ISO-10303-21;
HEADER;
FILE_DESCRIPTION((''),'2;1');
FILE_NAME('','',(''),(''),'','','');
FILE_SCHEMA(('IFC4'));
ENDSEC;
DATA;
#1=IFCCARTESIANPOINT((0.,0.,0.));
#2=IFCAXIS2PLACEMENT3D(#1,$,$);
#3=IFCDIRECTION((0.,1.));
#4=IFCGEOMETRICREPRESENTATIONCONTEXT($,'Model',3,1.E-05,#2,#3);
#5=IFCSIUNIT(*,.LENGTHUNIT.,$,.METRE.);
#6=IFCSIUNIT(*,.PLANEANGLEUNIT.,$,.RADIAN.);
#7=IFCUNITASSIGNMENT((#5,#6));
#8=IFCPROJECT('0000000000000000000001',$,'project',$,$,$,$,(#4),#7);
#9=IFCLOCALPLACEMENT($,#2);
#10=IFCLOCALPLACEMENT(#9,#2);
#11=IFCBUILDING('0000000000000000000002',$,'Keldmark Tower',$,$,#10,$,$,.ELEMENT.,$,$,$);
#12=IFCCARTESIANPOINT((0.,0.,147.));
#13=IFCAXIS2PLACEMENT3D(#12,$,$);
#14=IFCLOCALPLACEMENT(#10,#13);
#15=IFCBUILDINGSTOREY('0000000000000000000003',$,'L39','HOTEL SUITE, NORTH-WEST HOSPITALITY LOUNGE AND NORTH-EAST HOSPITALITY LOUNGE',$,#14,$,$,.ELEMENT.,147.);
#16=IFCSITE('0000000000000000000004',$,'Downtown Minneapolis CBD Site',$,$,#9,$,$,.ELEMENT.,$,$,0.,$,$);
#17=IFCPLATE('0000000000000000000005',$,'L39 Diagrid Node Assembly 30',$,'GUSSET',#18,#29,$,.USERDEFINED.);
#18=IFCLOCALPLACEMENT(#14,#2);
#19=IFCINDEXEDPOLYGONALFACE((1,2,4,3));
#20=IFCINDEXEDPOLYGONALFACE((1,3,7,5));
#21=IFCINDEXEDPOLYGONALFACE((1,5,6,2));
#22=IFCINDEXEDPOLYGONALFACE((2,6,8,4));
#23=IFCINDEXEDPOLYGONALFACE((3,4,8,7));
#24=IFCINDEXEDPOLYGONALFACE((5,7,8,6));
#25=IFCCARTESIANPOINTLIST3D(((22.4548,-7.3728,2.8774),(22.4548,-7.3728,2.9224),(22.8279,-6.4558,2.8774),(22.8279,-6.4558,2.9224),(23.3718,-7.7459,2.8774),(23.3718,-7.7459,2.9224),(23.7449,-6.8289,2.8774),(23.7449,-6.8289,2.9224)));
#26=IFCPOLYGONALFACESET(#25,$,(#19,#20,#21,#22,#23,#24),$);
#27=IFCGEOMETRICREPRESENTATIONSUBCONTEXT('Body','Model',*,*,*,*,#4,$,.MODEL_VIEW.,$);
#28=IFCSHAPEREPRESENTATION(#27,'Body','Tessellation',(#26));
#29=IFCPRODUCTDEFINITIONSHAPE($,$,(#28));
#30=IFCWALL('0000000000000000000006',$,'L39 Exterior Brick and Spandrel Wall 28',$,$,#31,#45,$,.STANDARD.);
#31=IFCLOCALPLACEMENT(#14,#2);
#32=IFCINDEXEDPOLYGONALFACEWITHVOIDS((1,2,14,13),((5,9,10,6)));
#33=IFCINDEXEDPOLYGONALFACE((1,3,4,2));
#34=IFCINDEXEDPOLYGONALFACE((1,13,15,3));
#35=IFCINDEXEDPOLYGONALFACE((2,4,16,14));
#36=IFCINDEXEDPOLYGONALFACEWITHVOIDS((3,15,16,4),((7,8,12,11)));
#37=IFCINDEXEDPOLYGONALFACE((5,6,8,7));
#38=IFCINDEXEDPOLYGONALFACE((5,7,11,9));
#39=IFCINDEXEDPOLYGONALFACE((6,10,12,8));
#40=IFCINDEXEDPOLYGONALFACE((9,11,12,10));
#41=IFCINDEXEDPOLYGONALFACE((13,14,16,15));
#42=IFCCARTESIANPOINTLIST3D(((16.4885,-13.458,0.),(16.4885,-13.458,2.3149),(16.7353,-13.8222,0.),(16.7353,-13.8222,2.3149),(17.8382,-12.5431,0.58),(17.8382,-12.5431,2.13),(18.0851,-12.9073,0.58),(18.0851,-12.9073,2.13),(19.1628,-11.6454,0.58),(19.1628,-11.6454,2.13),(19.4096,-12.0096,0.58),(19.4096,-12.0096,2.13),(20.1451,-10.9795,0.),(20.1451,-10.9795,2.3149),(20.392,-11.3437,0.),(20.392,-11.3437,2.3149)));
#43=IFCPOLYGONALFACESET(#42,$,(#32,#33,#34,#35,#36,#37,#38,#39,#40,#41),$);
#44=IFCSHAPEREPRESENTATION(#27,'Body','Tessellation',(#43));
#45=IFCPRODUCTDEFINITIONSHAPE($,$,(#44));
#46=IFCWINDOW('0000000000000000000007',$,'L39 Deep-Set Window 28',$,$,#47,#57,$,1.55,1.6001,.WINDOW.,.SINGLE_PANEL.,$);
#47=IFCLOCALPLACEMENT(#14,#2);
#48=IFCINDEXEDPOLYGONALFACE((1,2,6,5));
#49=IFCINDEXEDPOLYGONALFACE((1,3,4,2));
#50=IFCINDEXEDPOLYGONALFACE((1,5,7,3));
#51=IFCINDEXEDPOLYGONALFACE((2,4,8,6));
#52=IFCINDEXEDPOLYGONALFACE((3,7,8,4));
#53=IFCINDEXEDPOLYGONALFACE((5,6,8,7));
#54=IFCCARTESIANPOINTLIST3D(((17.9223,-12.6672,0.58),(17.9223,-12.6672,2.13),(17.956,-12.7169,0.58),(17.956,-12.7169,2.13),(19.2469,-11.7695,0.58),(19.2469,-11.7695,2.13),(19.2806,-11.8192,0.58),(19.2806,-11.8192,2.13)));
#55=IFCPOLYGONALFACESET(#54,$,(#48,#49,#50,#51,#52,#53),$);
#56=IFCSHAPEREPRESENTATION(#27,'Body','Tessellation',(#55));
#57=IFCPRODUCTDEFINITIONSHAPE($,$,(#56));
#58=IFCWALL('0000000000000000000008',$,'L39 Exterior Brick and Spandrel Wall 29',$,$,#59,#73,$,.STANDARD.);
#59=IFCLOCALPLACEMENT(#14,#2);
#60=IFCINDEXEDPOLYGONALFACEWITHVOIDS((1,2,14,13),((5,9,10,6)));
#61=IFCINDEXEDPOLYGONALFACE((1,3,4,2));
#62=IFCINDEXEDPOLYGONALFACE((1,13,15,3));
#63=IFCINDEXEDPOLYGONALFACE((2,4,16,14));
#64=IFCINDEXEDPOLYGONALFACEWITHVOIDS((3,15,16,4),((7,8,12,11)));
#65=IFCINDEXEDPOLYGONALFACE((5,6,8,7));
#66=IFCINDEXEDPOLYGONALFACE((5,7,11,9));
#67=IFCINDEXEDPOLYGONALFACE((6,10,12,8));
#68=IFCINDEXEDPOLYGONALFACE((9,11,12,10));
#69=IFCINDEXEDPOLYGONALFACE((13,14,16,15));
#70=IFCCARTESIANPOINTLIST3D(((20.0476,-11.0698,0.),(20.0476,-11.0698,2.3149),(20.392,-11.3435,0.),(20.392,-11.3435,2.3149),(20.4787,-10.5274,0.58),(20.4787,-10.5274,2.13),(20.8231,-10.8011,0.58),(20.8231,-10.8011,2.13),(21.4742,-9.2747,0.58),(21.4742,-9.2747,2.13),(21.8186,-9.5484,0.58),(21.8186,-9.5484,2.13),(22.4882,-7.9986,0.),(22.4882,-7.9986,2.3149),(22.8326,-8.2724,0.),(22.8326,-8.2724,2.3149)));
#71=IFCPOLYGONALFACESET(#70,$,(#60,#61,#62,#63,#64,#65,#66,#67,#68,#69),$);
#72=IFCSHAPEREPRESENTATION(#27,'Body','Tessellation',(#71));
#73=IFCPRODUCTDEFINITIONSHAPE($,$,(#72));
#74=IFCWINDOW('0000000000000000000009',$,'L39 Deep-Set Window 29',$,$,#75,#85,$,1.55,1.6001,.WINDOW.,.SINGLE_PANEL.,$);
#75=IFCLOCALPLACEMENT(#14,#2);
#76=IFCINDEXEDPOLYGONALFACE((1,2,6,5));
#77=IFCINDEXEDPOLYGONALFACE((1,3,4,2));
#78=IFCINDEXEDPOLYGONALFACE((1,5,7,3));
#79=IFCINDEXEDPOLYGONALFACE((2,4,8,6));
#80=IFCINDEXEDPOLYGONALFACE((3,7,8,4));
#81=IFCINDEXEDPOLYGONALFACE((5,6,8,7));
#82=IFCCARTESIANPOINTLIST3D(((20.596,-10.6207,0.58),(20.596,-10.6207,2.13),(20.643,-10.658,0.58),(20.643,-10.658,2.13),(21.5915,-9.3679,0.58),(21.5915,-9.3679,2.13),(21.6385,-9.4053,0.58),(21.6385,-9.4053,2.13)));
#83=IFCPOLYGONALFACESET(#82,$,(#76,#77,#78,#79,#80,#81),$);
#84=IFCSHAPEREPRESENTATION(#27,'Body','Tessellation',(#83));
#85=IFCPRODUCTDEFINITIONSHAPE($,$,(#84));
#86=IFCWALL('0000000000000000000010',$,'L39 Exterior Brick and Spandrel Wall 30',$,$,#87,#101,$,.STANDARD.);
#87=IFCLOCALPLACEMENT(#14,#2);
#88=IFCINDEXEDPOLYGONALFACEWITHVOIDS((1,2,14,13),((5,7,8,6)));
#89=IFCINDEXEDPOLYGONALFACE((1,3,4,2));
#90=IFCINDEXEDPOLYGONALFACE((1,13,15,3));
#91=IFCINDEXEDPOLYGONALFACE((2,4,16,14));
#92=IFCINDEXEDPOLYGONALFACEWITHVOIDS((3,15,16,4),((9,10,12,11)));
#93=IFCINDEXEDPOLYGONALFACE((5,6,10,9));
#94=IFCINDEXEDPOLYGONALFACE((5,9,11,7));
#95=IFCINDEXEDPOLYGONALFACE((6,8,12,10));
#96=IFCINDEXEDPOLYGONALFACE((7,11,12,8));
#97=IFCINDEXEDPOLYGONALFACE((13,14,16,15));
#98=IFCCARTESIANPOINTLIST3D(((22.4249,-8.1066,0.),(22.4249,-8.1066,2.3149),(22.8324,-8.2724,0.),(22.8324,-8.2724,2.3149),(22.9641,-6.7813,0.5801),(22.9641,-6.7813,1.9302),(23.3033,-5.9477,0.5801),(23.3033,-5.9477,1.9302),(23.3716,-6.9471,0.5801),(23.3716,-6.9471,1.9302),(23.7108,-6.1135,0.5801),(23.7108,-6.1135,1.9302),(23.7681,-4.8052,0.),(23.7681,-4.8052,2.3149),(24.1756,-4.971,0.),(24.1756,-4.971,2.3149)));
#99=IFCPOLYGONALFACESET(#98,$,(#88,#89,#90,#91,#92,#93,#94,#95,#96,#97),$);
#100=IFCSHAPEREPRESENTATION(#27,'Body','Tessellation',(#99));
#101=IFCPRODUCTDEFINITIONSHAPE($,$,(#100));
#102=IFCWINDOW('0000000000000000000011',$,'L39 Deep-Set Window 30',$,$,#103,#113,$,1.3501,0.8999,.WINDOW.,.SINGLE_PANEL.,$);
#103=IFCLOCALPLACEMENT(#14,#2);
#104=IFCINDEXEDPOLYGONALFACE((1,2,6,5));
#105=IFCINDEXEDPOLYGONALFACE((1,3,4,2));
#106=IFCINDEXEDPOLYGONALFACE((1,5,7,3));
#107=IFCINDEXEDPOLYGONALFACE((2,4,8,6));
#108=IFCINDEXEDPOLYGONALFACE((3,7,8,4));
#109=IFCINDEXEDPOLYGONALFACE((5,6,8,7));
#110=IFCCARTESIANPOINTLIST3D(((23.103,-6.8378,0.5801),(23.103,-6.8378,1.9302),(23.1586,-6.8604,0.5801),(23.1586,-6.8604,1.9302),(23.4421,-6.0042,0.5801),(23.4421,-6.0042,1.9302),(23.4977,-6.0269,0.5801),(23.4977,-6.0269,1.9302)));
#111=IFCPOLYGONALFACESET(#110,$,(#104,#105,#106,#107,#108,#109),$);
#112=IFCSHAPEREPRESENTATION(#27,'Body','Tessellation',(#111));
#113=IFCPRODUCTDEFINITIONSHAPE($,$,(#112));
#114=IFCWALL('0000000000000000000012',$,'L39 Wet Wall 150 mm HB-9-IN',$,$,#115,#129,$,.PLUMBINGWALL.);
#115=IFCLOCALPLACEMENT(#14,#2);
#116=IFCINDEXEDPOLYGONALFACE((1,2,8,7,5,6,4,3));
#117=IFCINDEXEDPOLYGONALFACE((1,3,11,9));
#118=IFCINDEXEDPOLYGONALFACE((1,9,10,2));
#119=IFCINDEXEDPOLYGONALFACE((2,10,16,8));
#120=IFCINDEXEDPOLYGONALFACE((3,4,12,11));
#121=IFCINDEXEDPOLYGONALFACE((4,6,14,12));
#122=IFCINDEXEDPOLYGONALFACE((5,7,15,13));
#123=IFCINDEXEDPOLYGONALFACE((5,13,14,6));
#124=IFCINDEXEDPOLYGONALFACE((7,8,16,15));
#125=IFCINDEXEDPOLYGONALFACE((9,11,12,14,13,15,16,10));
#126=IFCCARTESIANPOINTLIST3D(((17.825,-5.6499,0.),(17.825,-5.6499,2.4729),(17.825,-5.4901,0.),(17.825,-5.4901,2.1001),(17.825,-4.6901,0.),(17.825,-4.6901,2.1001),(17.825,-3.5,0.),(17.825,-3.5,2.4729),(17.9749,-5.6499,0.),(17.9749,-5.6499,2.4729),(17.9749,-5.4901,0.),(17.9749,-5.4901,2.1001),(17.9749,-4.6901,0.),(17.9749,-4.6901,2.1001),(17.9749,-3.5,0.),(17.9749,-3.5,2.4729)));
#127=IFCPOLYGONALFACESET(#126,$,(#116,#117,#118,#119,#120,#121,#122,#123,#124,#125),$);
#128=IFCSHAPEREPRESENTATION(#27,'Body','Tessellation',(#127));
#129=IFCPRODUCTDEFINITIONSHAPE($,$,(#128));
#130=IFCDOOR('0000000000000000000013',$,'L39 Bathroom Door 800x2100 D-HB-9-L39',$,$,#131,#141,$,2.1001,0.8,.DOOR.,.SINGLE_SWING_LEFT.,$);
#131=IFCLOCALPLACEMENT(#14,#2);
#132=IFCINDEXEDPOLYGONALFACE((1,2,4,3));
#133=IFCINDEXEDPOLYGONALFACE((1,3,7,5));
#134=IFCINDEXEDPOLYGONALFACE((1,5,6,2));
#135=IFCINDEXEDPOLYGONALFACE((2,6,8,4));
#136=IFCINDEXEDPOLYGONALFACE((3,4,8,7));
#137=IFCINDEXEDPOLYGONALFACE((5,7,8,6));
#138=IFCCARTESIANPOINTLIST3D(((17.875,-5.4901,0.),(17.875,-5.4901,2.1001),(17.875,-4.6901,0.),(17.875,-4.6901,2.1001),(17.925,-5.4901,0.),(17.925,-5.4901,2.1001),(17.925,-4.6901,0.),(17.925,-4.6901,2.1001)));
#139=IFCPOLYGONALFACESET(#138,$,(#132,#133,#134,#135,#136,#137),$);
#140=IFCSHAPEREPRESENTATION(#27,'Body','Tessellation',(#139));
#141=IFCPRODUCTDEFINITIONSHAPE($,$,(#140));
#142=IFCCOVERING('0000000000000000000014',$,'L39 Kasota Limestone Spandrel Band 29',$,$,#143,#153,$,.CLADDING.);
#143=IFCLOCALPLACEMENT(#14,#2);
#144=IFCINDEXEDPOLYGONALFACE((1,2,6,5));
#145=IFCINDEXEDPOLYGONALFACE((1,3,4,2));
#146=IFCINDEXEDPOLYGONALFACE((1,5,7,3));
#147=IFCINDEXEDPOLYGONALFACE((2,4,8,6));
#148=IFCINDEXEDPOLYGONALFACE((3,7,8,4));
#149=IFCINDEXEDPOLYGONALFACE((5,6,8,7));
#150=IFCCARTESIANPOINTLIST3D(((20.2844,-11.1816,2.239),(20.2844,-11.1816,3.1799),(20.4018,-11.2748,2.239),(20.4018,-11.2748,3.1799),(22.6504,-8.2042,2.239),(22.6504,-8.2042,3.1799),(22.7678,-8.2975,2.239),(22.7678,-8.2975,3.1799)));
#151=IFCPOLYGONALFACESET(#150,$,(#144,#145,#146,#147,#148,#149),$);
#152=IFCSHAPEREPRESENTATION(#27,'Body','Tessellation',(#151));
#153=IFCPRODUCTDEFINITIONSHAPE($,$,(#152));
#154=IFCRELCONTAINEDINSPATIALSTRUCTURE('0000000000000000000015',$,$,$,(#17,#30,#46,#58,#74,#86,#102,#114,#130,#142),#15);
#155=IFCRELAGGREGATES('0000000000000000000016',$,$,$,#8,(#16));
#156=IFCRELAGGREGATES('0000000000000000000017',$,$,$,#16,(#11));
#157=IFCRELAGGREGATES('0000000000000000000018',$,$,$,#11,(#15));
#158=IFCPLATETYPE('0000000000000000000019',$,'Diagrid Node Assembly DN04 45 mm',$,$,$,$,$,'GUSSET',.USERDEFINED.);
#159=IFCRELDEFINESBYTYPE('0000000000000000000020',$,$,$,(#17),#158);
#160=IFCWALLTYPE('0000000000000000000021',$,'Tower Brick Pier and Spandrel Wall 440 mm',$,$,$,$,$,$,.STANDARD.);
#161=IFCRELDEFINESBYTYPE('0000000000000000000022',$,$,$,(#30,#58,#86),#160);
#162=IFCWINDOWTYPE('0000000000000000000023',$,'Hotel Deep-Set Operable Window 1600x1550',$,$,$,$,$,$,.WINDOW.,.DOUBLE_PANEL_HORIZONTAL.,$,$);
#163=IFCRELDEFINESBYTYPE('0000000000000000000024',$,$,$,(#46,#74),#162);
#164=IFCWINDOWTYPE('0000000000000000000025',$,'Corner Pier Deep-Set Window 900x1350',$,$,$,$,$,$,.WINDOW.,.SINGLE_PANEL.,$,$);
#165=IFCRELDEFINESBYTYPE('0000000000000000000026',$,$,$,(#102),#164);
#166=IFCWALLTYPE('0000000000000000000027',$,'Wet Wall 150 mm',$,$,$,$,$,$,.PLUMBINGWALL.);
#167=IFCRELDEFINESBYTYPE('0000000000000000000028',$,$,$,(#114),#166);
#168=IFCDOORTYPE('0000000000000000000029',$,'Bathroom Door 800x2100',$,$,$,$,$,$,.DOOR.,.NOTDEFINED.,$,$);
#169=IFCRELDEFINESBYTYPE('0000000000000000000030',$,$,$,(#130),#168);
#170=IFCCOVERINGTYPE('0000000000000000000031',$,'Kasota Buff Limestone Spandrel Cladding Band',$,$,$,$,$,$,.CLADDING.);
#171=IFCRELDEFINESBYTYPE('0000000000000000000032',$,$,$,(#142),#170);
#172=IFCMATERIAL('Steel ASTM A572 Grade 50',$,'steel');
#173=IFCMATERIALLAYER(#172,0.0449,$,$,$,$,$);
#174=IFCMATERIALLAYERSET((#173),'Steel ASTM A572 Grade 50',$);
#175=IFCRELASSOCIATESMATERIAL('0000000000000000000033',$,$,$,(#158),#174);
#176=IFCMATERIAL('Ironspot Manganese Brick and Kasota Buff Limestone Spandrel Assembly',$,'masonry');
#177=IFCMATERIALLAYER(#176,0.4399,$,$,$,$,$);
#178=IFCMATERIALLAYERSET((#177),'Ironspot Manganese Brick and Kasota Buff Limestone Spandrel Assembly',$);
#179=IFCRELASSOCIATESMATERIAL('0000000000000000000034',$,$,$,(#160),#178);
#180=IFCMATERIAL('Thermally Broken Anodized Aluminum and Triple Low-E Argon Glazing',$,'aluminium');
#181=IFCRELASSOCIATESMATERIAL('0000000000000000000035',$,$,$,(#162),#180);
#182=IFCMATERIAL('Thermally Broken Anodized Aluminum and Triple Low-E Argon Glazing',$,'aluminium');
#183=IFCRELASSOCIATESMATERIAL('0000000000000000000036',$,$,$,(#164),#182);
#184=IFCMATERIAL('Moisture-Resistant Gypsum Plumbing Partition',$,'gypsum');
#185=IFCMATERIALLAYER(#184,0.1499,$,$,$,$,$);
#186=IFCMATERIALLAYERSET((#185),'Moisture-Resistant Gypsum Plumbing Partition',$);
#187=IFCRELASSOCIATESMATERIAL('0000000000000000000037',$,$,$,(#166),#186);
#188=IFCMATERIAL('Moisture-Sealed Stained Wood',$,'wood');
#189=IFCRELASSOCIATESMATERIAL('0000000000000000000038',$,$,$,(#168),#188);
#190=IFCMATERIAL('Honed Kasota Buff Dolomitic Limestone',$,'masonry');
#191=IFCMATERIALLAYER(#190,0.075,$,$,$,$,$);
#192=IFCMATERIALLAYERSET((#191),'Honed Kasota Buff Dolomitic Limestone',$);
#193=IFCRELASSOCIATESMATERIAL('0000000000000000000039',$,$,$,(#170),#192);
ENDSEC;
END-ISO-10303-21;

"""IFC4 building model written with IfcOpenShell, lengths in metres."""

from ifc_helpers import new_model, si_unit, direction, frame, frame_2d, origin, origin_2d, place, context, subcontext, project, spatial, rectangle, extrude, material, layer, layer_set, type_object, element, fill, save


model = new_model("IFC4")

# Units and contexts
model_context = context("Model", 3, precision=1e-05, world=origin(), true_north=direction((0.0, 1.0)))
body_context = subcontext(model_context, "Body", "Model", "MODEL_VIEW")
ifc_project = project(units=[si_unit("LENGTHUNIT", "METRE"), si_unit("PLANEANGLEUNIT", "RADIAN")], contexts=[model_context])

# Site, building, storey
site_placement = place(None, origin())
site = spatial("IfcSite", under=ifc_project, at=site_placement, Name="Downtown Minneapolis CBD Site", CompositionType="ELEMENT", RefElevation=0.0)
building_placement = place(site_placement, origin())
building = spatial("IfcBuilding", under=site, at=building_placement, Name="Keldmark Tower", CompositionType="ELEMENT")
storey_placement = place(building_placement, frame((0.0, 0.0, 147.0)))
storey = spatial("IfcBuildingStorey", under=building, at=storey_placement, Name="L39", Description="HOTEL SUITE, NORTH-WEST HOSPITALITY LOUNGE AND NORTH-EAST HOSPITALITY LOUNGE", CompositionType="ELEMENT", Elevation=147.0)

# Plate
ifc_material_1 = material(Name="Steel ASTM A572 Grade 50", Category="steel")
ifc_layer_1 = layer(ifc_material_1, 0.0449)
ifc_layer_set_1 = layer_set([ifc_layer_1], Name="Steel ASTM A572 Grade 50")
plate_type = type_object("IfcPlateType", Name="Diagrid Node Assembly DN04 45 mm", ElementType="GUSSET", PredefinedType="USERDEFINED", material=ifc_layer_set_1)
for number, where, z_axis, x_axis, name in (
    (1, (23.0999, -7.1008, 2.8774), (0.0, 0.0, 1.0), (0.376871, 0.926266, 0.0), "L39 Diagrid Node Assembly 30"),
):
    element("IfcPlate", number, at=place(storey_placement, frame(where, z_axis=z_axis, x_axis=x_axis)), inside=storey, type_object=plate_type, Name=name, ObjectType="GUSSET", PredefinedType="USERDEFINED", context=body_context, shape_type="SweptSolid", body=[
        extrude(rectangle(XDim=0.99, YDim=0.99, at=origin_2d()), origin(), (0.0, 0.0, 1.0), 0.0449),
    ])

# Walls, openings, windows
ifc_material_2 = material(Name="Ironspot Manganese Brick and Kasota Buff Limestone Spandrel Assembly", Category="masonry")
ifc_layer_2 = layer(ifc_material_2, 0.4399)
ifc_layer_set_2 = layer_set([ifc_layer_2], Name="Ironspot Manganese Brick and Kasota Buff Limestone Spandrel Assembly")
wall_type_1 = type_object("IfcWallType", Name="Tower Brick Pier and Spandrel Wall 440 mm", PredefinedType="STANDARD", material=ifc_layer_set_2)
wall_1_placement = place(storey_placement, frame((20.2686, -11.1616, 0.0), z_axis=(0.0, 0.0, 1.0), x_axis=(-0.827775, -0.561061, 0.0)))
wall_1 = element("IfcWall", 2, at=wall_1_placement, inside=storey, type_object=wall_type_1, Name="L39 Exterior Brick and Spandrel Wall 28", PredefinedType="STANDARD", context=body_context, shape_type="SweptSolid", body=[
    extrude(rectangle(XDim=4.4175, YDim=0.4399, at=frame_2d((2.2087, 0.0))), origin(), (0.0, 0.0, 1.0), 2.3149),
])
opening_1_placement = place(wall_1_placement, frame((1.1868, 0.0, 0.5801)))
opening_1 = element("IfcOpeningElement", 3, at=opening_1_placement, cuts=wall_1, PredefinedType="OPENING", context=body_context, shape_type="SweptSolid", body=[
    extrude(rectangle(XDim=1.6001, YDim=1.55, at=frame_2d((0.8, 0.7749))), frame((0.0, 0.23, 0.0), z_axis=(0.0, -1.0, 0.0), x_axis=(1.0, 0.0, 0.0)), (0.0, 0.0, 1.0), 0.46),
])
ifc_material_3 = material(Name="Thermally Broken Anodized Aluminum and Triple Low-E Argon Glazing", Category="aluminium")
window_type_1 = type_object("IfcWindowType", Name="Hotel Deep-Set Operable Window 1600x1550", PartitioningType="DOUBLE_PANEL_HORIZONTAL", PredefinedType="WINDOW", material=ifc_material_3)
window_1_placement = place(opening_1_placement, origin())
window_1 = element("IfcWindow", 4, at=window_1_placement, inside=storey, type_object=window_type_1, Name="L39 Deep-Set Window 28", OverallHeight=1.55, OverallWidth=1.6001, PartitioningType="SINGLE_PANEL", PredefinedType="WINDOW", context=body_context, shape_type="SweptSolid", body=[
    extrude(rectangle(XDim=1.6001, YDim=1.55, at=frame_2d((0.8, 0.7749))), frame((0.0, -0.01, 0.0), z_axis=(0.0, -1.0, 0.0), x_axis=(1.0, 0.0, 0.0)), (0.0, 0.0, 1.0), 0.0601),
])
fill(opening_1, window_1)
wall_2_placement = place(storey_placement, frame((22.6604, -8.1355, 0.0), z_axis=(0.0, 0.0, 1.0), x_axis=(-0.622149, -0.782899, 0.0)))
wall_2 = element("IfcWall", 5, at=wall_2_placement, inside=storey, type_object=wall_type_1, Name="L39 Exterior Brick and Spandrel Wall 29", PredefinedType="STANDARD", context=body_context, shape_type="SweptSolid", body=[
    extrude(rectangle(XDim=3.9229, YDim=0.4399, at=frame_2d((1.9614, 0.0))), origin(), (0.0, 0.0, 1.0), 2.3149),
])
opening_2_placement = place(wall_2_placement, frame((1.6299, 0.0, 0.5801)))
opening_2 = element("IfcOpeningElement", 6, at=opening_2_placement, cuts=wall_2, PredefinedType="OPENING", context=body_context, shape_type="SweptSolid", body=[
    extrude(rectangle(XDim=1.6001, YDim=1.55, at=frame_2d((0.8, 0.7749))), frame((0.0, 0.23, 0.0), z_axis=(0.0, -1.0, 0.0), x_axis=(1.0, 0.0, 0.0)), (0.0, 0.0, 1.0), 0.46),
])
window_2_placement = place(opening_2_placement, origin())
window_2 = element("IfcWindow", 7, at=window_2_placement, inside=storey, type_object=window_type_1, Name="L39 Deep-Set Window 29", OverallHeight=1.55, OverallWidth=1.6001, PartitioningType="SINGLE_PANEL", PredefinedType="WINDOW", context=body_context, shape_type="SweptSolid", body=[
    extrude(rectangle(XDim=1.6001, YDim=1.55, at=frame_2d((0.8, 0.7749))), frame((0.0, -0.01, 0.0), z_axis=(0.0, -1.0, 0.0), x_axis=(1.0, 0.0, 0.0)), (0.0, 0.0, 1.0), 0.0601),
])
fill(opening_2, window_2)
wall_3_placement = place(storey_placement, frame((23.9719, -4.8879, 0.0), z_axis=(0.0, 0.0, 1.0), x_axis=(-0.376864, -0.926269, 0.0)))
wall_3 = element("IfcWall", 8, at=wall_3_placement, inside=storey, type_object=wall_type_1, Name="L39 Exterior Brick and Spandrel Wall 30", PredefinedType="STANDARD", context=body_context, shape_type="SweptSolid", body=[
    extrude(rectangle(XDim=3.5642, YDim=0.4399, at=frame_2d((1.7822, 0.0))), origin(), (0.0, 0.0, 1.0), 2.3149),
])
opening_3_placement = place(wall_3_placement, frame((1.2336, 0.0, 0.5801)))
opening_3 = element("IfcOpeningElement", 9, at=opening_3_placement, cuts=wall_3, PredefinedType="OPENING", context=body_context, shape_type="SweptSolid", body=[
    extrude(rectangle(XDim=0.8999, YDim=1.3501, at=frame_2d((0.45, 0.675))), frame((0.0, 0.23, 0.0), z_axis=(0.0, -1.0, 0.0), x_axis=(1.0, 0.0, 0.0)), (0.0, 0.0, 1.0), 0.46),
])
ifc_material_4 = material(Name="Thermally Broken Anodized Aluminum and Triple Low-E Argon Glazing", Category="aluminium")
window_type_2 = type_object("IfcWindowType", Name="Corner Pier Deep-Set Window 900x1350", PartitioningType="SINGLE_PANEL", PredefinedType="WINDOW", material=ifc_material_4)
window_3_placement = place(opening_3_placement, origin())
window_3 = element("IfcWindow", 10, at=window_3_placement, inside=storey, type_object=window_type_2, Name="L39 Deep-Set Window 30", OverallHeight=1.3501, OverallWidth=0.8999, PartitioningType="SINGLE_PANEL", PredefinedType="WINDOW", context=body_context, shape_type="SweptSolid", body=[
    extrude(rectangle(XDim=0.8999, YDim=1.3501, at=frame_2d((0.45, 0.675))), frame((0.0, -0.01, 0.0), z_axis=(0.0, -1.0, 0.0), x_axis=(1.0, 0.0, 0.0)), (0.0, 0.0, 1.0), 0.0601),
])
fill(opening_3, window_3)

# Wall, opening, door
ifc_material_5 = material(Name="Moisture-Resistant Gypsum Plumbing Partition", Category="gypsum")
ifc_layer_3 = layer(ifc_material_5, 0.1499)
ifc_layer_set_3 = layer_set([ifc_layer_3], Name="Moisture-Resistant Gypsum Plumbing Partition")
wall_type_2 = type_object("IfcWallType", Name="Wet Wall 150 mm", PredefinedType="PLUMBINGWALL", material=ifc_layer_set_3)
wall_4_placement = place(storey_placement, frame((17.8999, -5.6499, 0.0), z_axis=(0.0, 0.0, 1.0), x_axis=(0.0, 1.0, 0.0)))
wall_4 = element("IfcWall", 11, at=wall_4_placement, inside=storey, type_object=wall_type_2, Name="L39 Wet Wall 150 mm HB-9-IN", PredefinedType="PLUMBINGWALL", context=body_context, shape_type="SweptSolid", body=[
    extrude(rectangle(XDim=2.1499, YDim=0.1499, at=frame_2d((1.075, 0.0))), origin(), (0.0, 0.0, 1.0), 2.4729),
])
opening_4_placement = place(wall_4_placement, frame((0.1599, 0.0, 0.0)))
opening_4 = element("IfcOpeningElement", 12, at=opening_4_placement, cuts=wall_4, PredefinedType="OPENING", context=body_context, shape_type="SweptSolid", body=[
    extrude(rectangle(XDim=0.8, YDim=2.1001, at=frame_2d((0.3999, 1.05))), frame((0.0, 0.085, 0.0), z_axis=(0.0, -1.0, 0.0), x_axis=(1.0, 0.0, 0.0)), (0.0, 0.0, 1.0), 0.1699),
])
ifc_material_6 = material(Name="Moisture-Sealed Stained Wood", Category="wood")
door_type = type_object("IfcDoorType", Name="Bathroom Door 800x2100", OperationType="NOTDEFINED", PredefinedType="DOOR", material=ifc_material_6)
door_placement = place(opening_4_placement, origin())
door = element("IfcDoor", 13, at=door_placement, inside=storey, type_object=door_type, Name="L39 Bathroom Door 800x2100 D-HB-9-L39", OperationType="SINGLE_SWING_LEFT", OverallHeight=2.1001, OverallWidth=0.8, PredefinedType="DOOR", context=body_context, shape_type="SweptSolid", body=[
    extrude(rectangle(XDim=0.8, YDim=2.1001, at=frame_2d((0.3999, 1.05))), frame((0.0, 0.0249, 0.0), z_axis=(0.0, -1.0, 0.0), x_axis=(1.0, 0.0, 0.0)), (0.0, 0.0, 1.0), 0.05),
])
fill(opening_4, door)

# Covering
ifc_material_7 = material(Name="Honed Kasota Buff Dolomitic Limestone", Category="masonry")
ifc_layer_4 = layer(ifc_material_7, 0.075)
ifc_layer_set_4 = layer_set([ifc_layer_4], Name="Honed Kasota Buff Dolomitic Limestone")
covering_type = type_object("IfcCoveringType", Name="Kasota Buff Limestone Spandrel Cladding Band", PredefinedType="CLADDING", material=ifc_layer_set_4)
covering_placement = place(storey_placement, frame((21.5261, -9.7395, 2.239), z_axis=(0.0, 0.0, 1.0), x_axis=(0.622146, 0.782901, 0.0)))
element("IfcCovering", 14, at=covering_placement, inside=storey, type_object=covering_type, Name="L39 Kasota Limestone Spandrel Band 29", PredefinedType="CLADDING", context=body_context, shape_type="SweptSolid", body=[
    extrude(rectangle(XDim=3.803, YDim=0.1499, at=origin_2d()), origin(), (0.0, 0.0, 1.0), 0.9409),
])

save(model, "model.ifc")
